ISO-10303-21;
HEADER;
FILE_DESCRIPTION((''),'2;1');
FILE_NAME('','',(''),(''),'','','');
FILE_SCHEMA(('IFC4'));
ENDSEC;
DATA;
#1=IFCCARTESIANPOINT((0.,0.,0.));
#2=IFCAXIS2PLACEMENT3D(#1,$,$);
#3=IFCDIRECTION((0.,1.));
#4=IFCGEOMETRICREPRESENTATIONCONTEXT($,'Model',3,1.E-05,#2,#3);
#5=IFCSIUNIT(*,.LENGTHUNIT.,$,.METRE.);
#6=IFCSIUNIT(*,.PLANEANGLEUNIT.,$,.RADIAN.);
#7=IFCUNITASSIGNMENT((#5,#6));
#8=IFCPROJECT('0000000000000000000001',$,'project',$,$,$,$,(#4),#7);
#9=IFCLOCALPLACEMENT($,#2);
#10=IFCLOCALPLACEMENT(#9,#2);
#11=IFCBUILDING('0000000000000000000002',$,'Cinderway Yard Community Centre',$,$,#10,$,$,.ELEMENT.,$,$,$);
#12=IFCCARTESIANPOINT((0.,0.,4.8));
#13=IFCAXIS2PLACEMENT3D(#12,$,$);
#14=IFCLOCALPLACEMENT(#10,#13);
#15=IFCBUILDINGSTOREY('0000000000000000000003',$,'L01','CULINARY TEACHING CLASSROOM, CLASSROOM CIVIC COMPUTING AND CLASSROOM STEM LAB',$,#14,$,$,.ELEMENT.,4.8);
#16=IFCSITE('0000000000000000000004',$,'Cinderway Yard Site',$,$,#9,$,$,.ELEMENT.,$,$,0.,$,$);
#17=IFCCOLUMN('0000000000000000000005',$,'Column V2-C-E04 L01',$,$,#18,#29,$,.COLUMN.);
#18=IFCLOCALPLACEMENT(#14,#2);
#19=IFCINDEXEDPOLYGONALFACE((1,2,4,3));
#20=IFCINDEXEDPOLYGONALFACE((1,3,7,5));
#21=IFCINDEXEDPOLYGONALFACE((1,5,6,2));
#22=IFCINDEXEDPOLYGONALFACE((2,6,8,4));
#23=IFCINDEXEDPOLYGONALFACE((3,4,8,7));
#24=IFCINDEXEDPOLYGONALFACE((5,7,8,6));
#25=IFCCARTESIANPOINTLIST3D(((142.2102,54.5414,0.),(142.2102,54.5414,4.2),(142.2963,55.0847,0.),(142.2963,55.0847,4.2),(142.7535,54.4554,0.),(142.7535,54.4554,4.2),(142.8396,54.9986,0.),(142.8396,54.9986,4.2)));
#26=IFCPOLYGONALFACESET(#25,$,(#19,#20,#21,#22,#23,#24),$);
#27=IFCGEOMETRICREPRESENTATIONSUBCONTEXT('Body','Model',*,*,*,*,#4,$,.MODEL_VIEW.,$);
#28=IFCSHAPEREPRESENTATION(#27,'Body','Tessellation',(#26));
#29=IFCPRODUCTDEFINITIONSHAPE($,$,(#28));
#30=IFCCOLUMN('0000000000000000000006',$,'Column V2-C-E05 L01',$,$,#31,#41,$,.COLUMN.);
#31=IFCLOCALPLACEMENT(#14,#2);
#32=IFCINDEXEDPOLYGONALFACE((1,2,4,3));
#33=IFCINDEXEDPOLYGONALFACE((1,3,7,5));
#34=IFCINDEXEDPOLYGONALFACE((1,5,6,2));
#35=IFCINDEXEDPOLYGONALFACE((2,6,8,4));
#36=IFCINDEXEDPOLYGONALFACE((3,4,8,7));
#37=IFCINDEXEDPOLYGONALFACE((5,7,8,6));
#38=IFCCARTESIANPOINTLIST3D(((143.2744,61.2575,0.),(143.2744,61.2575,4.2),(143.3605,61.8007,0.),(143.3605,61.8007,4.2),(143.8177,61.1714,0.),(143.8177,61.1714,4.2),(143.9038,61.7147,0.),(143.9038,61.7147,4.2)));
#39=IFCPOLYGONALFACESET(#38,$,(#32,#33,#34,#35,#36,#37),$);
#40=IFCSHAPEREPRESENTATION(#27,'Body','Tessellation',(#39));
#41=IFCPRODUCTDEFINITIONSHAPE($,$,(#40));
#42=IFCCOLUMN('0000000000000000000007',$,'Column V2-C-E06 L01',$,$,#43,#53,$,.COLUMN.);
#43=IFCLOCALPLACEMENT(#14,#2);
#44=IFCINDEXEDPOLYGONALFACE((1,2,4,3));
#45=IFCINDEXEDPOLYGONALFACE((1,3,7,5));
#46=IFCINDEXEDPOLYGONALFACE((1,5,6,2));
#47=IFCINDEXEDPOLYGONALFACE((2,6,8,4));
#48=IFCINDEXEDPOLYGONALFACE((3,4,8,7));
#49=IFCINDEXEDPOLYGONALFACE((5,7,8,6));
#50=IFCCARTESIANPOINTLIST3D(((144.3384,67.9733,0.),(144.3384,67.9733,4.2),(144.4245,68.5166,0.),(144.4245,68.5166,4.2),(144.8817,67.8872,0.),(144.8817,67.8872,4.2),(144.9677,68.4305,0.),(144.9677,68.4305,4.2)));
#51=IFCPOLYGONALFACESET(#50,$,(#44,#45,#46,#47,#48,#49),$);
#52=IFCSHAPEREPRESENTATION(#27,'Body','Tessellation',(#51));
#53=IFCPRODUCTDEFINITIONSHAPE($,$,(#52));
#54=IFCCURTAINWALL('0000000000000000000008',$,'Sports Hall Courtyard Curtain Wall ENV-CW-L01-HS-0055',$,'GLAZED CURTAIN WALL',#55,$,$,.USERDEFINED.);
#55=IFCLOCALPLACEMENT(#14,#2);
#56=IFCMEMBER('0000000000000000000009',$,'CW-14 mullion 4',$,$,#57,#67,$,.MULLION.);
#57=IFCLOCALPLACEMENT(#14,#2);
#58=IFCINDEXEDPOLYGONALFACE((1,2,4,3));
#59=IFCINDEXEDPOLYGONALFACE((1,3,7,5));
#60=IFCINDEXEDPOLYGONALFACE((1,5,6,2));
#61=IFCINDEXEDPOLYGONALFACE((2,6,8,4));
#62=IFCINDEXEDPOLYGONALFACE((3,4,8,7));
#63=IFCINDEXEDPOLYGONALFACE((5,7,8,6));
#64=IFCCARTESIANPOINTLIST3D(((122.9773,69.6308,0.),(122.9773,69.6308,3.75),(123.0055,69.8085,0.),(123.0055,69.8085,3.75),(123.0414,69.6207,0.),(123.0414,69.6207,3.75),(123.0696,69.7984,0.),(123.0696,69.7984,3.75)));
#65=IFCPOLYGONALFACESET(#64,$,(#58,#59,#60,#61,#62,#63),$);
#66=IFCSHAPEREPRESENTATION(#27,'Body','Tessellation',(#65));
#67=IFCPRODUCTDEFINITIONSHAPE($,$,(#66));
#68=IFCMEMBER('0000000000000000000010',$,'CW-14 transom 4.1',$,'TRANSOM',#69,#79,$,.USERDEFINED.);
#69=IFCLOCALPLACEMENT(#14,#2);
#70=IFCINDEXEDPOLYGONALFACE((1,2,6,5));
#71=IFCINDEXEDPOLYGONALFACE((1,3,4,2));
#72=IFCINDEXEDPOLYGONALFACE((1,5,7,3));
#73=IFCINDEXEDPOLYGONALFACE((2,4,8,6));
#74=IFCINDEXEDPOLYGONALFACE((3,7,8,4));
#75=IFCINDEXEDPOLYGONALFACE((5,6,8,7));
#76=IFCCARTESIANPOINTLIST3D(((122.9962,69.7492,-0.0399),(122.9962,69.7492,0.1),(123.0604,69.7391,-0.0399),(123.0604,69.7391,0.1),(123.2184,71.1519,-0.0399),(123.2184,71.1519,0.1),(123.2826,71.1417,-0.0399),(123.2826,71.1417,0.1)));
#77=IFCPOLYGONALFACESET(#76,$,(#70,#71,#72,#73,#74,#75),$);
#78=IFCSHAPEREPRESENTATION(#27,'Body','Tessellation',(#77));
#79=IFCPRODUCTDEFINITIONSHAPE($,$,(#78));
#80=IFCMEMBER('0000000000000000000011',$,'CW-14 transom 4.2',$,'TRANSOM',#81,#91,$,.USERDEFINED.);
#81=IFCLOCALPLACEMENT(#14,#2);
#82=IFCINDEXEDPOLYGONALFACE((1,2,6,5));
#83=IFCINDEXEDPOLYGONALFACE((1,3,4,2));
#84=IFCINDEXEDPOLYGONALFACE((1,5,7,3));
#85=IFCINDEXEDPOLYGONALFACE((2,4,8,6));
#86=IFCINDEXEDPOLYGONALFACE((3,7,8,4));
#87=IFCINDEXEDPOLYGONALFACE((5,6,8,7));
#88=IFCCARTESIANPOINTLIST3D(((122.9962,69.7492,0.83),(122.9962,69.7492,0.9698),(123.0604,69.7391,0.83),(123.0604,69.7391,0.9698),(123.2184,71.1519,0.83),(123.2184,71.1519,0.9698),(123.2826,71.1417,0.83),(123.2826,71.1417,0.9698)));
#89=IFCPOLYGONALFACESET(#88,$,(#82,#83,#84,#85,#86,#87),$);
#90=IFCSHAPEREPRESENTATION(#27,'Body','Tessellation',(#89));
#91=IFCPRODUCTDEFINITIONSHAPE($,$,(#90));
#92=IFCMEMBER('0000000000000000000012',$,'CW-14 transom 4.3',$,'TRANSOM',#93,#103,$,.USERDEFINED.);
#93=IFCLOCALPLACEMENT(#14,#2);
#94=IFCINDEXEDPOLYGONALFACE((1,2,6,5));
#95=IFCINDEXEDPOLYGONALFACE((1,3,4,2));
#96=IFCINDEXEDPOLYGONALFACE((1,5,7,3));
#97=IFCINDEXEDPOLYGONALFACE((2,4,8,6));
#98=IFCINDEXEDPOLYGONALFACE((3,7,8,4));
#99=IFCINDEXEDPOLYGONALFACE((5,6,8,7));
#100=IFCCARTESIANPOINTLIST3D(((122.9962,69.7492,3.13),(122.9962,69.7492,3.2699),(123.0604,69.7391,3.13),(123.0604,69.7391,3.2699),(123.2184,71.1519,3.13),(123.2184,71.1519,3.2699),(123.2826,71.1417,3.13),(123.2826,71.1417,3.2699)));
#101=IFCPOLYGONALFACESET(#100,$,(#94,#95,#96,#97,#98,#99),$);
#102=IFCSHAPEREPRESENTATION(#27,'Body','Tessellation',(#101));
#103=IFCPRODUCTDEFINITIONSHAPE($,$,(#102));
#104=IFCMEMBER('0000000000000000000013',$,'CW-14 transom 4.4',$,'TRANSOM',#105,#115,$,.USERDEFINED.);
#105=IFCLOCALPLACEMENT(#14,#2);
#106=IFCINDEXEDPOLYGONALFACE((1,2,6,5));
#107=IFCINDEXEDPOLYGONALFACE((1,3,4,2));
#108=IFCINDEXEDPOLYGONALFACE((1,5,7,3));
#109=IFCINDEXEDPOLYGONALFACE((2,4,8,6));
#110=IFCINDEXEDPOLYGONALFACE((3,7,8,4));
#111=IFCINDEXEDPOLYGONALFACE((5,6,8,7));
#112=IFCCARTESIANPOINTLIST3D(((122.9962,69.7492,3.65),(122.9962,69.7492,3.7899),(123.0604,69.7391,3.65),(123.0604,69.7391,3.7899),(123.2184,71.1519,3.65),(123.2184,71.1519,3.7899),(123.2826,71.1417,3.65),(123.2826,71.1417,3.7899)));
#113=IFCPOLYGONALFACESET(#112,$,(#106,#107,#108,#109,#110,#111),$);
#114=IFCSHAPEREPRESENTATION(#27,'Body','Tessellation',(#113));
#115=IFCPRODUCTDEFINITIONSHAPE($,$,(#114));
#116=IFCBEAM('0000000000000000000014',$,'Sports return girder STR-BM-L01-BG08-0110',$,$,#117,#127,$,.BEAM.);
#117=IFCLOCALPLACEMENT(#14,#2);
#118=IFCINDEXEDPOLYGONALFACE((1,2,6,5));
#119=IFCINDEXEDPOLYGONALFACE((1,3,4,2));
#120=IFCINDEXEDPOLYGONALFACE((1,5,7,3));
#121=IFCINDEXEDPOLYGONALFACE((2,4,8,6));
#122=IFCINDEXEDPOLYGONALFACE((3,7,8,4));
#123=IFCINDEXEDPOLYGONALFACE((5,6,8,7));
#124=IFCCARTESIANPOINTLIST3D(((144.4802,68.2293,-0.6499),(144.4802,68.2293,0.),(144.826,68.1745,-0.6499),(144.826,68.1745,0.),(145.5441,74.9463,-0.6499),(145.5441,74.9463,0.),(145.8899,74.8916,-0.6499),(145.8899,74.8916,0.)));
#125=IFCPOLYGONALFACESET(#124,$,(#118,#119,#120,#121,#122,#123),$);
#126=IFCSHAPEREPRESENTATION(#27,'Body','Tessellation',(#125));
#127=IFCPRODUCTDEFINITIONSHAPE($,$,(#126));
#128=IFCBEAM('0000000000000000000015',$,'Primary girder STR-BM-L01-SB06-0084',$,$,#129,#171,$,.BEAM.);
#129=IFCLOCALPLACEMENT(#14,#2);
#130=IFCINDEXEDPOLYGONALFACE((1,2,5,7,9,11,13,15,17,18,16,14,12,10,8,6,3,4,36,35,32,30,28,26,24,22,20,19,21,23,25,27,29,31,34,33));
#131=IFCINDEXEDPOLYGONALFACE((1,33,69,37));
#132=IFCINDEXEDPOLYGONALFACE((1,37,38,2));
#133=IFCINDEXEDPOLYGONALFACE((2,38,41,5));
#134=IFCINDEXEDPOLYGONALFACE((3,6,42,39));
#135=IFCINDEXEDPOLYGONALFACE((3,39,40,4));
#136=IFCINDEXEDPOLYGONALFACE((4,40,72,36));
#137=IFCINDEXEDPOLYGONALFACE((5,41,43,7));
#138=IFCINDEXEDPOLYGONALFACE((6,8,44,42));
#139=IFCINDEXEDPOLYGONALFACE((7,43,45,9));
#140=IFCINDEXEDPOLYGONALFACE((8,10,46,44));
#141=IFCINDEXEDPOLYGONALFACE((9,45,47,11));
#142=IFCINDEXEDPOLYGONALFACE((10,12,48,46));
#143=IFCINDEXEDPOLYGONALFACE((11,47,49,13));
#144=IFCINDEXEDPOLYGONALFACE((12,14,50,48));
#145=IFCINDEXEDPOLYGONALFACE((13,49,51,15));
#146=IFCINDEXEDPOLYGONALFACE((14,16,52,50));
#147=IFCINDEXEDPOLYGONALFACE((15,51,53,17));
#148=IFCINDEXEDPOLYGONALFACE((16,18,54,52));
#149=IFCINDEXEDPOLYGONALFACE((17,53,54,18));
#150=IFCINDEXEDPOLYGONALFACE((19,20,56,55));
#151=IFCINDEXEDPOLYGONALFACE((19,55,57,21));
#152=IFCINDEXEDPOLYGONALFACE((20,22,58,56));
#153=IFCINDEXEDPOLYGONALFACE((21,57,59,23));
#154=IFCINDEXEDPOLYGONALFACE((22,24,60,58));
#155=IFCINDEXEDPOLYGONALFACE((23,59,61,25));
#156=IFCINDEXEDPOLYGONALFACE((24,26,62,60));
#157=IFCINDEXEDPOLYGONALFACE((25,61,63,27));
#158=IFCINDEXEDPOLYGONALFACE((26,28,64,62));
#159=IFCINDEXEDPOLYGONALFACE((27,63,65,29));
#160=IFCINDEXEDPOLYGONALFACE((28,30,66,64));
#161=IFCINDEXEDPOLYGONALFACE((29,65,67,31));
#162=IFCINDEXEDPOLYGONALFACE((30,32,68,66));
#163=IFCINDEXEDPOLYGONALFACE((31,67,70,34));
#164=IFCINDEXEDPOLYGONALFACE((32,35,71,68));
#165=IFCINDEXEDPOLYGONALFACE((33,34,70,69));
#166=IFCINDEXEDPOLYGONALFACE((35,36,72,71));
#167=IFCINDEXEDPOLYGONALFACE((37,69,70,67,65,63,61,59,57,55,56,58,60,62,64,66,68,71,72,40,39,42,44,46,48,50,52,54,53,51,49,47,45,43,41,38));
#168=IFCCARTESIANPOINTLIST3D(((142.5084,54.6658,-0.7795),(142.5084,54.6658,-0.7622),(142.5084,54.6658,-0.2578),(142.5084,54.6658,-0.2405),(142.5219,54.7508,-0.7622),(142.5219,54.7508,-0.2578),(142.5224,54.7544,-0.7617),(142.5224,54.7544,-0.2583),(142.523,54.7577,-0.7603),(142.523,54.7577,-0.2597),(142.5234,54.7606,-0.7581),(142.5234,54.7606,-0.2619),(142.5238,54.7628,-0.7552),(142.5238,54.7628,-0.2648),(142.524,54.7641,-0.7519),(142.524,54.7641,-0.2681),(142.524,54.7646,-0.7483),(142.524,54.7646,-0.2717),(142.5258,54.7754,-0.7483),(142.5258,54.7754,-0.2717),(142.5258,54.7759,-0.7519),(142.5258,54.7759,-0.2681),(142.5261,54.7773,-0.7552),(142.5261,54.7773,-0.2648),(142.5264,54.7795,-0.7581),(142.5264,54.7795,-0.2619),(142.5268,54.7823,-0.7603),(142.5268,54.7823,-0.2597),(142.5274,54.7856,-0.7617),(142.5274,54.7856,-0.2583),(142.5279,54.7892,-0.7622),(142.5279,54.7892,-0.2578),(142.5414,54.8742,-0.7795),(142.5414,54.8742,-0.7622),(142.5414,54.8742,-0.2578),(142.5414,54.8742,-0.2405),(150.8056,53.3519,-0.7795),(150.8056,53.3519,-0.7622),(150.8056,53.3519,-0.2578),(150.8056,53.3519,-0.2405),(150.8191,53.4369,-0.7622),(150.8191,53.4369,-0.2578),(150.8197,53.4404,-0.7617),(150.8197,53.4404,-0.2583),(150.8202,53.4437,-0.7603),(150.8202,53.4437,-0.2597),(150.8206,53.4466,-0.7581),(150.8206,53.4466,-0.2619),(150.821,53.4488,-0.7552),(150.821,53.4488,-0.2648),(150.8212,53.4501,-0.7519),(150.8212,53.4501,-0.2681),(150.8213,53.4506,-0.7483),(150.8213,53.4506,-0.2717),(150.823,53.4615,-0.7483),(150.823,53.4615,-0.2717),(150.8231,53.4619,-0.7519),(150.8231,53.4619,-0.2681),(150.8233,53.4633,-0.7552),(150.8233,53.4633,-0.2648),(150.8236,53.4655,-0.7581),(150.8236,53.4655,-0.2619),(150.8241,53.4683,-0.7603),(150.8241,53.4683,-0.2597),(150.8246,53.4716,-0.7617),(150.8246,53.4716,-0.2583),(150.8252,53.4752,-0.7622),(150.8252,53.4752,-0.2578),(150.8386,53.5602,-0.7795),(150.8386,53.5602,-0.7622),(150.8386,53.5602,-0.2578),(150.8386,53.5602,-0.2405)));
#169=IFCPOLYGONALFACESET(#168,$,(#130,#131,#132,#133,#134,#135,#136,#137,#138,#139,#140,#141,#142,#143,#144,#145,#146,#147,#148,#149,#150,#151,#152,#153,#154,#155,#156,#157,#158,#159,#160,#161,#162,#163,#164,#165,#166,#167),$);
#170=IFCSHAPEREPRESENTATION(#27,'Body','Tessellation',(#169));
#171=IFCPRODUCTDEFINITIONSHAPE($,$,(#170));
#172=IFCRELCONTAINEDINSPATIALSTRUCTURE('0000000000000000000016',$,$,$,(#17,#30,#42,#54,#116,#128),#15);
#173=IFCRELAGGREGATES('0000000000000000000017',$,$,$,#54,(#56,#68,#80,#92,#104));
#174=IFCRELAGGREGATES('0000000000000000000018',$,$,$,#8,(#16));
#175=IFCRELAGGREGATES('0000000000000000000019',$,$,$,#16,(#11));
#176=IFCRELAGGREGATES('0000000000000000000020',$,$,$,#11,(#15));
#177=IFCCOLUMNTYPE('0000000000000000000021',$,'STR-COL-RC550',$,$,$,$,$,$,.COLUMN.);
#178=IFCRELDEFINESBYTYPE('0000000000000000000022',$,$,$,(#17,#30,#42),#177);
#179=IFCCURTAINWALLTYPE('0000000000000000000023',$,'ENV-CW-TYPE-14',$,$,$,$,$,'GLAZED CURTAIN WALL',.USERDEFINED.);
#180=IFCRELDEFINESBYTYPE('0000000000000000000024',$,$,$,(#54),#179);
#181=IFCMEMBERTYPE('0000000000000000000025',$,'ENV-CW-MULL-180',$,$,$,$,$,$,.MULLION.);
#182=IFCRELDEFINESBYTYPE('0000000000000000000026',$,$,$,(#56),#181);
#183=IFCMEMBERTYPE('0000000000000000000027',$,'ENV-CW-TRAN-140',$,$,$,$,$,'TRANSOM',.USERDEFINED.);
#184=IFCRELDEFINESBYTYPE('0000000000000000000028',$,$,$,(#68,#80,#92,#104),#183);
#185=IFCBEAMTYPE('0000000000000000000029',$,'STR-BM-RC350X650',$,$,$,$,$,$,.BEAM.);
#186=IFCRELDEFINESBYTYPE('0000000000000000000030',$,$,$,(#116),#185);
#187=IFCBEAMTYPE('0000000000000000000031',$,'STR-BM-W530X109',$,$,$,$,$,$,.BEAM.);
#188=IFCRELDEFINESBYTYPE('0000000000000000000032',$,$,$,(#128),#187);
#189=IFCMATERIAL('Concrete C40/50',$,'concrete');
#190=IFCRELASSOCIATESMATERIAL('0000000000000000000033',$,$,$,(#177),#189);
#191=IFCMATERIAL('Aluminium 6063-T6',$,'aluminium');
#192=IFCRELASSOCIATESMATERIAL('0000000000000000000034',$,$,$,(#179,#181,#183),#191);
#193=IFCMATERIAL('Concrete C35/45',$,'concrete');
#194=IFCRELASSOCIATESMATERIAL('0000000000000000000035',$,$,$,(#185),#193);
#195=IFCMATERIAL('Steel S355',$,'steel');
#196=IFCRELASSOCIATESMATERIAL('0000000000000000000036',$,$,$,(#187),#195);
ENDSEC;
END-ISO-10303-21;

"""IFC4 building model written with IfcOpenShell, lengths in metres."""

from ifc_helpers import new_model, si_unit, direction, frame, origin, origin_2d, place, context, subcontext, project, spatial, rectangle, i_section, extrude, material, material_profile, profile_set, type_object, element, aggregate, save


model = new_model("IFC4")

# Units and contexts
model_context = context("Model", 3, precision=1e-05, world=origin(), true_north=direction((0.0, 1.0)))
body_context = subcontext(model_context, "Body", "Model", "MODEL_VIEW")
ifc_project = project(units=[si_unit("LENGTHUNIT", "METRE"), si_unit("PLANEANGLEUNIT", "RADIAN")], contexts=[model_context])

# Site, building, storey
site_placement = place(None, origin())
site = spatial("IfcSite", under=ifc_project, at=site_placement, Name="Cinderway Yard Site", CompositionType="ELEMENT", RefElevation=0.0)
building_placement = place(site_placement, origin())
building = spatial("IfcBuilding", under=site, at=building_placement, Name="Cinderway Yard Community Centre", CompositionType="ELEMENT")
storey_placement = place(building_placement, frame((0.0, 0.0, 4.8)))
storey = spatial("IfcBuildingStorey", under=building, at=storey_placement, Name="L01", Description="CULINARY TEACHING CLASSROOM, CLASSROOM CIVIC COMPUTING AND CLASSROOM STEM LAB", CompositionType="ELEMENT", Elevation=4.8)

# Columns
ifc_material_1 = material(Name="Concrete C40/50", Category="concrete")
ifc_material_profile_1 = material_profile(ifc_material_1, rectangle(XDim=0.55, YDim=0.55, at=origin_2d()), Name="Concrete C40/50")
ifc_profile_set_1 = profile_set([ifc_material_profile_1], Name="Concrete C40/50")
column_type = type_object("IfcColumnType", Name="STR-COL-RC550", PredefinedType="COLUMN", material=ifc_profile_set_1)
for number, where, z_axis, x_axis, name in (
    (1, (142.5249, 54.77, 0.0), (0.0, 0.0, 1.0), (0.987688, -0.156434, 0.0), "Column V2-C-E04 L01"),
    (2, (143.5891, 61.4861, 0.0), (0.0, 0.0, 1.0), (0.987688, -0.156434, 0.0), "Column V2-C-E05 L01"),
    (3, (144.6531, 68.2019, 0.0), (0.0, 0.0, 1.0), (0.987688, -0.156434, 0.0), "Column V2-C-E06 L01"),
):
    element("IfcColumn", number, at=place(storey_placement, frame(where, z_axis=z_axis, x_axis=x_axis)), inside=storey, type_object=column_type, Name=name, PredefinedType="COLUMN", context=body_context, shape_type="SweptSolid", body=[
        extrude(rectangle(XDim=0.55, YDim=0.55, at=origin_2d()), origin(), (0.0, 0.0, 1.0), 4.2),
    ])

# Curtain wall, members
ifc_material_2 = material(Name="Aluminium 6063-T6", Category="aluminium")
curtain_wall_type = type_object("IfcCurtainWallType", Name="ENV-CW-TYPE-14", ElementType="GLAZED CURTAIN WALL", PredefinedType="USERDEFINED", material=ifc_material_2)
curtain_wall_placement = place(storey_placement, origin())
curtain_wall = element("IfcCurtainWall", 4, at=curtain_wall_placement, inside=storey, type_object=curtain_wall_type, Name="Sports Hall Courtyard Curtain Wall ENV-CW-L01-HS-0055", ObjectType="GLAZED CURTAIN WALL", PredefinedType="USERDEFINED")
ifc_material_profile_2 = material_profile(ifc_material_2, rectangle(XDim=0.0649, YDim=0.1799, at=origin_2d()), Name="Aluminium 6063-T6")
ifc_profile_set_2 = profile_set([ifc_material_profile_2], Name="Aluminium 6063-T6")
member_type_1 = type_object("IfcMemberType", Name="ENV-CW-MULL-180", PredefinedType="MULLION", material=ifc_profile_set_2)
member_1_placement = place(storey_placement, frame((123.0234, 69.7146, 0.0), z_axis=(0.0, 0.0, 1.0), x_axis=(-0.987661, 0.156609, 0.0)))
member_1 = element("IfcMember", 5, at=member_1_placement, type_object=member_type_1, Name="CW-14 mullion 4", PredefinedType="MULLION", context=body_context, shape_type="SweptSolid", body=[
    extrude(rectangle(XDim=0.0649, YDim=0.1799, at=origin_2d()), origin(), (0.0, 0.0, 1.0), 3.75),
])
ifc_material_profile_3 = material_profile(ifc_material_2, rectangle(XDim=0.0649, YDim=0.1399, at=origin_2d()), Name="Aluminium 6063-T6")
ifc_profile_set_3 = profile_set([ifc_material_profile_3], Name="Aluminium 6063-T6")
member_type_2 = type_object("IfcMemberType", Name="ENV-CW-TRAN-140", ElementType="TRANSOM", PredefinedType="USERDEFINED", material=ifc_profile_set_3)
member_2_placement = place(storey_placement, frame((123.0283, 69.7441, 0.03), z_axis=(0.156448, 0.987686, 0.0), x_axis=(-0.987686, 0.156448, 0.0)))
member_2 = element("IfcMember", 6, at=member_2_placement, type_object=member_type_2, Name="CW-14 transom 4.1", ObjectType="TRANSOM", PredefinedType="USERDEFINED", context=body_context, shape_type="SweptSolid", body=[
    extrude(rectangle(XDim=0.0649, YDim=0.1399, at=origin_2d()), origin(), (0.0, 0.0, 1.0), 1.4202),
])
member_3_placement = place(storey_placement, frame((123.0283, 69.7441, 0.8999), z_axis=(0.156448, 0.987686, 0.0), x_axis=(-0.987686, 0.156448, 0.0)))
member_3 = element("IfcMember", 7, at=member_3_placement, type_object=member_type_2, Name="CW-14 transom 4.2", ObjectType="TRANSOM", PredefinedType="USERDEFINED", context=body_context, shape_type="SweptSolid", body=[
    extrude(rectangle(XDim=0.0649, YDim=0.1399, at=origin_2d()), origin(), (0.0, 0.0, 1.0), 1.4202),
])
member_4_placement = place(storey_placement, frame((123.0283, 69.7441, 3.2), z_axis=(0.156448, 0.987686, 0.0), x_axis=(-0.987686, 0.156448, 0.0)))
member_4 = element("IfcMember", 8, at=member_4_placement, type_object=member_type_2, Name="CW-14 transom 4.3", ObjectType="TRANSOM", PredefinedType="USERDEFINED", context=body_context, shape_type="SweptSolid", body=[
    extrude(rectangle(XDim=0.0649, YDim=0.1399, at=origin_2d()), origin(), (0.0, 0.0, 1.0), 1.4202),
])
member_5_placement = place(storey_placement, frame((123.0283, 69.7441, 3.72), z_axis=(0.156448, 0.987686, 0.0), x_axis=(-0.987686, 0.156448, 0.0)))
member_5 = element("IfcMember", 9, at=member_5_placement, type_object=member_type_2, Name="CW-14 transom 4.4", ObjectType="TRANSOM", PredefinedType="USERDEFINED", context=body_context, shape_type="SweptSolid", body=[
    extrude(rectangle(XDim=0.0649, YDim=0.1399, at=origin_2d()), origin(), (0.0, 0.0, 1.0), 1.4202),
])

# Beams
ifc_material_3 = material(Name="Concrete C35/45", Category="concrete")
ifc_material_profile_4 = material_profile(ifc_material_3, rectangle(XDim=0.3501, YDim=0.6499, at=origin_2d()), Name="Concrete C35/45")
ifc_profile_set_4 = profile_set([ifc_material_profile_4], Name="Concrete C35/45")
beam_type_1 = type_object("IfcBeamType", Name="STR-BM-RC350X650", PredefinedType="BEAM", material=ifc_profile_set_4)
beam_1_placement = place(storey_placement, frame((144.6531, 68.2019, -0.325), z_axis=(0.156447, 0.987686, 0.0), x_axis=(-0.987686, 0.156447, 0.0)))
element("IfcBeam", 10, at=beam_1_placement, inside=storey, type_object=beam_type_1, Name="Sports return girder STR-BM-L01-BG08-0110", PredefinedType="BEAM", context=body_context, shape_type="SweptSolid", body=[
    extrude(rectangle(XDim=0.3501, YDim=0.6499, at=origin_2d()), origin(), (0.0, 0.0, 1.0), 6.8008),
])
ifc_material_4 = material(Name="Steel S355", Category="steel")
ifc_material_profile_5 = material_profile(ifc_material_4, i_section(OverallWidth=0.2109, OverallDepth=0.5391, WebThickness=0.011, FlangeThickness=0.0173, FilletRadius=0.0139, at=origin_2d()), Name="Steel S355")
ifc_profile_set_5 = profile_set([ifc_material_profile_5], Name="Steel S355")
beam_type_2 = type_object("IfcBeamType", Name="STR-BM-W530X109", PredefinedType="BEAM", material=ifc_profile_set_5)
beam_2_placement = place(storey_placement, frame((142.5249, 54.77, -0.51), z_axis=(0.987691, -0.156415, 0.0), x_axis=(0.156415, 0.987691, 0.0)))
element("IfcBeam", 11, at=beam_2_placement, inside=storey, type_object=beam_type_2, Name="Primary girder STR-BM-L01-SB06-0084", PredefinedType="BEAM", context=body_context, shape_type="SweptSolid", body=[
    extrude(i_section(OverallWidth=0.2109, OverallDepth=0.5391, WebThickness=0.011, FlangeThickness=0.0173, FilletRadius=0.0139, at=origin_2d()), origin(), (0.0, 0.0, 1.0), 8.4006),
])

aggregate(curtain_wall, [member_1, member_2, member_3, member_4, member_5])

save(model, "model.ifc")
